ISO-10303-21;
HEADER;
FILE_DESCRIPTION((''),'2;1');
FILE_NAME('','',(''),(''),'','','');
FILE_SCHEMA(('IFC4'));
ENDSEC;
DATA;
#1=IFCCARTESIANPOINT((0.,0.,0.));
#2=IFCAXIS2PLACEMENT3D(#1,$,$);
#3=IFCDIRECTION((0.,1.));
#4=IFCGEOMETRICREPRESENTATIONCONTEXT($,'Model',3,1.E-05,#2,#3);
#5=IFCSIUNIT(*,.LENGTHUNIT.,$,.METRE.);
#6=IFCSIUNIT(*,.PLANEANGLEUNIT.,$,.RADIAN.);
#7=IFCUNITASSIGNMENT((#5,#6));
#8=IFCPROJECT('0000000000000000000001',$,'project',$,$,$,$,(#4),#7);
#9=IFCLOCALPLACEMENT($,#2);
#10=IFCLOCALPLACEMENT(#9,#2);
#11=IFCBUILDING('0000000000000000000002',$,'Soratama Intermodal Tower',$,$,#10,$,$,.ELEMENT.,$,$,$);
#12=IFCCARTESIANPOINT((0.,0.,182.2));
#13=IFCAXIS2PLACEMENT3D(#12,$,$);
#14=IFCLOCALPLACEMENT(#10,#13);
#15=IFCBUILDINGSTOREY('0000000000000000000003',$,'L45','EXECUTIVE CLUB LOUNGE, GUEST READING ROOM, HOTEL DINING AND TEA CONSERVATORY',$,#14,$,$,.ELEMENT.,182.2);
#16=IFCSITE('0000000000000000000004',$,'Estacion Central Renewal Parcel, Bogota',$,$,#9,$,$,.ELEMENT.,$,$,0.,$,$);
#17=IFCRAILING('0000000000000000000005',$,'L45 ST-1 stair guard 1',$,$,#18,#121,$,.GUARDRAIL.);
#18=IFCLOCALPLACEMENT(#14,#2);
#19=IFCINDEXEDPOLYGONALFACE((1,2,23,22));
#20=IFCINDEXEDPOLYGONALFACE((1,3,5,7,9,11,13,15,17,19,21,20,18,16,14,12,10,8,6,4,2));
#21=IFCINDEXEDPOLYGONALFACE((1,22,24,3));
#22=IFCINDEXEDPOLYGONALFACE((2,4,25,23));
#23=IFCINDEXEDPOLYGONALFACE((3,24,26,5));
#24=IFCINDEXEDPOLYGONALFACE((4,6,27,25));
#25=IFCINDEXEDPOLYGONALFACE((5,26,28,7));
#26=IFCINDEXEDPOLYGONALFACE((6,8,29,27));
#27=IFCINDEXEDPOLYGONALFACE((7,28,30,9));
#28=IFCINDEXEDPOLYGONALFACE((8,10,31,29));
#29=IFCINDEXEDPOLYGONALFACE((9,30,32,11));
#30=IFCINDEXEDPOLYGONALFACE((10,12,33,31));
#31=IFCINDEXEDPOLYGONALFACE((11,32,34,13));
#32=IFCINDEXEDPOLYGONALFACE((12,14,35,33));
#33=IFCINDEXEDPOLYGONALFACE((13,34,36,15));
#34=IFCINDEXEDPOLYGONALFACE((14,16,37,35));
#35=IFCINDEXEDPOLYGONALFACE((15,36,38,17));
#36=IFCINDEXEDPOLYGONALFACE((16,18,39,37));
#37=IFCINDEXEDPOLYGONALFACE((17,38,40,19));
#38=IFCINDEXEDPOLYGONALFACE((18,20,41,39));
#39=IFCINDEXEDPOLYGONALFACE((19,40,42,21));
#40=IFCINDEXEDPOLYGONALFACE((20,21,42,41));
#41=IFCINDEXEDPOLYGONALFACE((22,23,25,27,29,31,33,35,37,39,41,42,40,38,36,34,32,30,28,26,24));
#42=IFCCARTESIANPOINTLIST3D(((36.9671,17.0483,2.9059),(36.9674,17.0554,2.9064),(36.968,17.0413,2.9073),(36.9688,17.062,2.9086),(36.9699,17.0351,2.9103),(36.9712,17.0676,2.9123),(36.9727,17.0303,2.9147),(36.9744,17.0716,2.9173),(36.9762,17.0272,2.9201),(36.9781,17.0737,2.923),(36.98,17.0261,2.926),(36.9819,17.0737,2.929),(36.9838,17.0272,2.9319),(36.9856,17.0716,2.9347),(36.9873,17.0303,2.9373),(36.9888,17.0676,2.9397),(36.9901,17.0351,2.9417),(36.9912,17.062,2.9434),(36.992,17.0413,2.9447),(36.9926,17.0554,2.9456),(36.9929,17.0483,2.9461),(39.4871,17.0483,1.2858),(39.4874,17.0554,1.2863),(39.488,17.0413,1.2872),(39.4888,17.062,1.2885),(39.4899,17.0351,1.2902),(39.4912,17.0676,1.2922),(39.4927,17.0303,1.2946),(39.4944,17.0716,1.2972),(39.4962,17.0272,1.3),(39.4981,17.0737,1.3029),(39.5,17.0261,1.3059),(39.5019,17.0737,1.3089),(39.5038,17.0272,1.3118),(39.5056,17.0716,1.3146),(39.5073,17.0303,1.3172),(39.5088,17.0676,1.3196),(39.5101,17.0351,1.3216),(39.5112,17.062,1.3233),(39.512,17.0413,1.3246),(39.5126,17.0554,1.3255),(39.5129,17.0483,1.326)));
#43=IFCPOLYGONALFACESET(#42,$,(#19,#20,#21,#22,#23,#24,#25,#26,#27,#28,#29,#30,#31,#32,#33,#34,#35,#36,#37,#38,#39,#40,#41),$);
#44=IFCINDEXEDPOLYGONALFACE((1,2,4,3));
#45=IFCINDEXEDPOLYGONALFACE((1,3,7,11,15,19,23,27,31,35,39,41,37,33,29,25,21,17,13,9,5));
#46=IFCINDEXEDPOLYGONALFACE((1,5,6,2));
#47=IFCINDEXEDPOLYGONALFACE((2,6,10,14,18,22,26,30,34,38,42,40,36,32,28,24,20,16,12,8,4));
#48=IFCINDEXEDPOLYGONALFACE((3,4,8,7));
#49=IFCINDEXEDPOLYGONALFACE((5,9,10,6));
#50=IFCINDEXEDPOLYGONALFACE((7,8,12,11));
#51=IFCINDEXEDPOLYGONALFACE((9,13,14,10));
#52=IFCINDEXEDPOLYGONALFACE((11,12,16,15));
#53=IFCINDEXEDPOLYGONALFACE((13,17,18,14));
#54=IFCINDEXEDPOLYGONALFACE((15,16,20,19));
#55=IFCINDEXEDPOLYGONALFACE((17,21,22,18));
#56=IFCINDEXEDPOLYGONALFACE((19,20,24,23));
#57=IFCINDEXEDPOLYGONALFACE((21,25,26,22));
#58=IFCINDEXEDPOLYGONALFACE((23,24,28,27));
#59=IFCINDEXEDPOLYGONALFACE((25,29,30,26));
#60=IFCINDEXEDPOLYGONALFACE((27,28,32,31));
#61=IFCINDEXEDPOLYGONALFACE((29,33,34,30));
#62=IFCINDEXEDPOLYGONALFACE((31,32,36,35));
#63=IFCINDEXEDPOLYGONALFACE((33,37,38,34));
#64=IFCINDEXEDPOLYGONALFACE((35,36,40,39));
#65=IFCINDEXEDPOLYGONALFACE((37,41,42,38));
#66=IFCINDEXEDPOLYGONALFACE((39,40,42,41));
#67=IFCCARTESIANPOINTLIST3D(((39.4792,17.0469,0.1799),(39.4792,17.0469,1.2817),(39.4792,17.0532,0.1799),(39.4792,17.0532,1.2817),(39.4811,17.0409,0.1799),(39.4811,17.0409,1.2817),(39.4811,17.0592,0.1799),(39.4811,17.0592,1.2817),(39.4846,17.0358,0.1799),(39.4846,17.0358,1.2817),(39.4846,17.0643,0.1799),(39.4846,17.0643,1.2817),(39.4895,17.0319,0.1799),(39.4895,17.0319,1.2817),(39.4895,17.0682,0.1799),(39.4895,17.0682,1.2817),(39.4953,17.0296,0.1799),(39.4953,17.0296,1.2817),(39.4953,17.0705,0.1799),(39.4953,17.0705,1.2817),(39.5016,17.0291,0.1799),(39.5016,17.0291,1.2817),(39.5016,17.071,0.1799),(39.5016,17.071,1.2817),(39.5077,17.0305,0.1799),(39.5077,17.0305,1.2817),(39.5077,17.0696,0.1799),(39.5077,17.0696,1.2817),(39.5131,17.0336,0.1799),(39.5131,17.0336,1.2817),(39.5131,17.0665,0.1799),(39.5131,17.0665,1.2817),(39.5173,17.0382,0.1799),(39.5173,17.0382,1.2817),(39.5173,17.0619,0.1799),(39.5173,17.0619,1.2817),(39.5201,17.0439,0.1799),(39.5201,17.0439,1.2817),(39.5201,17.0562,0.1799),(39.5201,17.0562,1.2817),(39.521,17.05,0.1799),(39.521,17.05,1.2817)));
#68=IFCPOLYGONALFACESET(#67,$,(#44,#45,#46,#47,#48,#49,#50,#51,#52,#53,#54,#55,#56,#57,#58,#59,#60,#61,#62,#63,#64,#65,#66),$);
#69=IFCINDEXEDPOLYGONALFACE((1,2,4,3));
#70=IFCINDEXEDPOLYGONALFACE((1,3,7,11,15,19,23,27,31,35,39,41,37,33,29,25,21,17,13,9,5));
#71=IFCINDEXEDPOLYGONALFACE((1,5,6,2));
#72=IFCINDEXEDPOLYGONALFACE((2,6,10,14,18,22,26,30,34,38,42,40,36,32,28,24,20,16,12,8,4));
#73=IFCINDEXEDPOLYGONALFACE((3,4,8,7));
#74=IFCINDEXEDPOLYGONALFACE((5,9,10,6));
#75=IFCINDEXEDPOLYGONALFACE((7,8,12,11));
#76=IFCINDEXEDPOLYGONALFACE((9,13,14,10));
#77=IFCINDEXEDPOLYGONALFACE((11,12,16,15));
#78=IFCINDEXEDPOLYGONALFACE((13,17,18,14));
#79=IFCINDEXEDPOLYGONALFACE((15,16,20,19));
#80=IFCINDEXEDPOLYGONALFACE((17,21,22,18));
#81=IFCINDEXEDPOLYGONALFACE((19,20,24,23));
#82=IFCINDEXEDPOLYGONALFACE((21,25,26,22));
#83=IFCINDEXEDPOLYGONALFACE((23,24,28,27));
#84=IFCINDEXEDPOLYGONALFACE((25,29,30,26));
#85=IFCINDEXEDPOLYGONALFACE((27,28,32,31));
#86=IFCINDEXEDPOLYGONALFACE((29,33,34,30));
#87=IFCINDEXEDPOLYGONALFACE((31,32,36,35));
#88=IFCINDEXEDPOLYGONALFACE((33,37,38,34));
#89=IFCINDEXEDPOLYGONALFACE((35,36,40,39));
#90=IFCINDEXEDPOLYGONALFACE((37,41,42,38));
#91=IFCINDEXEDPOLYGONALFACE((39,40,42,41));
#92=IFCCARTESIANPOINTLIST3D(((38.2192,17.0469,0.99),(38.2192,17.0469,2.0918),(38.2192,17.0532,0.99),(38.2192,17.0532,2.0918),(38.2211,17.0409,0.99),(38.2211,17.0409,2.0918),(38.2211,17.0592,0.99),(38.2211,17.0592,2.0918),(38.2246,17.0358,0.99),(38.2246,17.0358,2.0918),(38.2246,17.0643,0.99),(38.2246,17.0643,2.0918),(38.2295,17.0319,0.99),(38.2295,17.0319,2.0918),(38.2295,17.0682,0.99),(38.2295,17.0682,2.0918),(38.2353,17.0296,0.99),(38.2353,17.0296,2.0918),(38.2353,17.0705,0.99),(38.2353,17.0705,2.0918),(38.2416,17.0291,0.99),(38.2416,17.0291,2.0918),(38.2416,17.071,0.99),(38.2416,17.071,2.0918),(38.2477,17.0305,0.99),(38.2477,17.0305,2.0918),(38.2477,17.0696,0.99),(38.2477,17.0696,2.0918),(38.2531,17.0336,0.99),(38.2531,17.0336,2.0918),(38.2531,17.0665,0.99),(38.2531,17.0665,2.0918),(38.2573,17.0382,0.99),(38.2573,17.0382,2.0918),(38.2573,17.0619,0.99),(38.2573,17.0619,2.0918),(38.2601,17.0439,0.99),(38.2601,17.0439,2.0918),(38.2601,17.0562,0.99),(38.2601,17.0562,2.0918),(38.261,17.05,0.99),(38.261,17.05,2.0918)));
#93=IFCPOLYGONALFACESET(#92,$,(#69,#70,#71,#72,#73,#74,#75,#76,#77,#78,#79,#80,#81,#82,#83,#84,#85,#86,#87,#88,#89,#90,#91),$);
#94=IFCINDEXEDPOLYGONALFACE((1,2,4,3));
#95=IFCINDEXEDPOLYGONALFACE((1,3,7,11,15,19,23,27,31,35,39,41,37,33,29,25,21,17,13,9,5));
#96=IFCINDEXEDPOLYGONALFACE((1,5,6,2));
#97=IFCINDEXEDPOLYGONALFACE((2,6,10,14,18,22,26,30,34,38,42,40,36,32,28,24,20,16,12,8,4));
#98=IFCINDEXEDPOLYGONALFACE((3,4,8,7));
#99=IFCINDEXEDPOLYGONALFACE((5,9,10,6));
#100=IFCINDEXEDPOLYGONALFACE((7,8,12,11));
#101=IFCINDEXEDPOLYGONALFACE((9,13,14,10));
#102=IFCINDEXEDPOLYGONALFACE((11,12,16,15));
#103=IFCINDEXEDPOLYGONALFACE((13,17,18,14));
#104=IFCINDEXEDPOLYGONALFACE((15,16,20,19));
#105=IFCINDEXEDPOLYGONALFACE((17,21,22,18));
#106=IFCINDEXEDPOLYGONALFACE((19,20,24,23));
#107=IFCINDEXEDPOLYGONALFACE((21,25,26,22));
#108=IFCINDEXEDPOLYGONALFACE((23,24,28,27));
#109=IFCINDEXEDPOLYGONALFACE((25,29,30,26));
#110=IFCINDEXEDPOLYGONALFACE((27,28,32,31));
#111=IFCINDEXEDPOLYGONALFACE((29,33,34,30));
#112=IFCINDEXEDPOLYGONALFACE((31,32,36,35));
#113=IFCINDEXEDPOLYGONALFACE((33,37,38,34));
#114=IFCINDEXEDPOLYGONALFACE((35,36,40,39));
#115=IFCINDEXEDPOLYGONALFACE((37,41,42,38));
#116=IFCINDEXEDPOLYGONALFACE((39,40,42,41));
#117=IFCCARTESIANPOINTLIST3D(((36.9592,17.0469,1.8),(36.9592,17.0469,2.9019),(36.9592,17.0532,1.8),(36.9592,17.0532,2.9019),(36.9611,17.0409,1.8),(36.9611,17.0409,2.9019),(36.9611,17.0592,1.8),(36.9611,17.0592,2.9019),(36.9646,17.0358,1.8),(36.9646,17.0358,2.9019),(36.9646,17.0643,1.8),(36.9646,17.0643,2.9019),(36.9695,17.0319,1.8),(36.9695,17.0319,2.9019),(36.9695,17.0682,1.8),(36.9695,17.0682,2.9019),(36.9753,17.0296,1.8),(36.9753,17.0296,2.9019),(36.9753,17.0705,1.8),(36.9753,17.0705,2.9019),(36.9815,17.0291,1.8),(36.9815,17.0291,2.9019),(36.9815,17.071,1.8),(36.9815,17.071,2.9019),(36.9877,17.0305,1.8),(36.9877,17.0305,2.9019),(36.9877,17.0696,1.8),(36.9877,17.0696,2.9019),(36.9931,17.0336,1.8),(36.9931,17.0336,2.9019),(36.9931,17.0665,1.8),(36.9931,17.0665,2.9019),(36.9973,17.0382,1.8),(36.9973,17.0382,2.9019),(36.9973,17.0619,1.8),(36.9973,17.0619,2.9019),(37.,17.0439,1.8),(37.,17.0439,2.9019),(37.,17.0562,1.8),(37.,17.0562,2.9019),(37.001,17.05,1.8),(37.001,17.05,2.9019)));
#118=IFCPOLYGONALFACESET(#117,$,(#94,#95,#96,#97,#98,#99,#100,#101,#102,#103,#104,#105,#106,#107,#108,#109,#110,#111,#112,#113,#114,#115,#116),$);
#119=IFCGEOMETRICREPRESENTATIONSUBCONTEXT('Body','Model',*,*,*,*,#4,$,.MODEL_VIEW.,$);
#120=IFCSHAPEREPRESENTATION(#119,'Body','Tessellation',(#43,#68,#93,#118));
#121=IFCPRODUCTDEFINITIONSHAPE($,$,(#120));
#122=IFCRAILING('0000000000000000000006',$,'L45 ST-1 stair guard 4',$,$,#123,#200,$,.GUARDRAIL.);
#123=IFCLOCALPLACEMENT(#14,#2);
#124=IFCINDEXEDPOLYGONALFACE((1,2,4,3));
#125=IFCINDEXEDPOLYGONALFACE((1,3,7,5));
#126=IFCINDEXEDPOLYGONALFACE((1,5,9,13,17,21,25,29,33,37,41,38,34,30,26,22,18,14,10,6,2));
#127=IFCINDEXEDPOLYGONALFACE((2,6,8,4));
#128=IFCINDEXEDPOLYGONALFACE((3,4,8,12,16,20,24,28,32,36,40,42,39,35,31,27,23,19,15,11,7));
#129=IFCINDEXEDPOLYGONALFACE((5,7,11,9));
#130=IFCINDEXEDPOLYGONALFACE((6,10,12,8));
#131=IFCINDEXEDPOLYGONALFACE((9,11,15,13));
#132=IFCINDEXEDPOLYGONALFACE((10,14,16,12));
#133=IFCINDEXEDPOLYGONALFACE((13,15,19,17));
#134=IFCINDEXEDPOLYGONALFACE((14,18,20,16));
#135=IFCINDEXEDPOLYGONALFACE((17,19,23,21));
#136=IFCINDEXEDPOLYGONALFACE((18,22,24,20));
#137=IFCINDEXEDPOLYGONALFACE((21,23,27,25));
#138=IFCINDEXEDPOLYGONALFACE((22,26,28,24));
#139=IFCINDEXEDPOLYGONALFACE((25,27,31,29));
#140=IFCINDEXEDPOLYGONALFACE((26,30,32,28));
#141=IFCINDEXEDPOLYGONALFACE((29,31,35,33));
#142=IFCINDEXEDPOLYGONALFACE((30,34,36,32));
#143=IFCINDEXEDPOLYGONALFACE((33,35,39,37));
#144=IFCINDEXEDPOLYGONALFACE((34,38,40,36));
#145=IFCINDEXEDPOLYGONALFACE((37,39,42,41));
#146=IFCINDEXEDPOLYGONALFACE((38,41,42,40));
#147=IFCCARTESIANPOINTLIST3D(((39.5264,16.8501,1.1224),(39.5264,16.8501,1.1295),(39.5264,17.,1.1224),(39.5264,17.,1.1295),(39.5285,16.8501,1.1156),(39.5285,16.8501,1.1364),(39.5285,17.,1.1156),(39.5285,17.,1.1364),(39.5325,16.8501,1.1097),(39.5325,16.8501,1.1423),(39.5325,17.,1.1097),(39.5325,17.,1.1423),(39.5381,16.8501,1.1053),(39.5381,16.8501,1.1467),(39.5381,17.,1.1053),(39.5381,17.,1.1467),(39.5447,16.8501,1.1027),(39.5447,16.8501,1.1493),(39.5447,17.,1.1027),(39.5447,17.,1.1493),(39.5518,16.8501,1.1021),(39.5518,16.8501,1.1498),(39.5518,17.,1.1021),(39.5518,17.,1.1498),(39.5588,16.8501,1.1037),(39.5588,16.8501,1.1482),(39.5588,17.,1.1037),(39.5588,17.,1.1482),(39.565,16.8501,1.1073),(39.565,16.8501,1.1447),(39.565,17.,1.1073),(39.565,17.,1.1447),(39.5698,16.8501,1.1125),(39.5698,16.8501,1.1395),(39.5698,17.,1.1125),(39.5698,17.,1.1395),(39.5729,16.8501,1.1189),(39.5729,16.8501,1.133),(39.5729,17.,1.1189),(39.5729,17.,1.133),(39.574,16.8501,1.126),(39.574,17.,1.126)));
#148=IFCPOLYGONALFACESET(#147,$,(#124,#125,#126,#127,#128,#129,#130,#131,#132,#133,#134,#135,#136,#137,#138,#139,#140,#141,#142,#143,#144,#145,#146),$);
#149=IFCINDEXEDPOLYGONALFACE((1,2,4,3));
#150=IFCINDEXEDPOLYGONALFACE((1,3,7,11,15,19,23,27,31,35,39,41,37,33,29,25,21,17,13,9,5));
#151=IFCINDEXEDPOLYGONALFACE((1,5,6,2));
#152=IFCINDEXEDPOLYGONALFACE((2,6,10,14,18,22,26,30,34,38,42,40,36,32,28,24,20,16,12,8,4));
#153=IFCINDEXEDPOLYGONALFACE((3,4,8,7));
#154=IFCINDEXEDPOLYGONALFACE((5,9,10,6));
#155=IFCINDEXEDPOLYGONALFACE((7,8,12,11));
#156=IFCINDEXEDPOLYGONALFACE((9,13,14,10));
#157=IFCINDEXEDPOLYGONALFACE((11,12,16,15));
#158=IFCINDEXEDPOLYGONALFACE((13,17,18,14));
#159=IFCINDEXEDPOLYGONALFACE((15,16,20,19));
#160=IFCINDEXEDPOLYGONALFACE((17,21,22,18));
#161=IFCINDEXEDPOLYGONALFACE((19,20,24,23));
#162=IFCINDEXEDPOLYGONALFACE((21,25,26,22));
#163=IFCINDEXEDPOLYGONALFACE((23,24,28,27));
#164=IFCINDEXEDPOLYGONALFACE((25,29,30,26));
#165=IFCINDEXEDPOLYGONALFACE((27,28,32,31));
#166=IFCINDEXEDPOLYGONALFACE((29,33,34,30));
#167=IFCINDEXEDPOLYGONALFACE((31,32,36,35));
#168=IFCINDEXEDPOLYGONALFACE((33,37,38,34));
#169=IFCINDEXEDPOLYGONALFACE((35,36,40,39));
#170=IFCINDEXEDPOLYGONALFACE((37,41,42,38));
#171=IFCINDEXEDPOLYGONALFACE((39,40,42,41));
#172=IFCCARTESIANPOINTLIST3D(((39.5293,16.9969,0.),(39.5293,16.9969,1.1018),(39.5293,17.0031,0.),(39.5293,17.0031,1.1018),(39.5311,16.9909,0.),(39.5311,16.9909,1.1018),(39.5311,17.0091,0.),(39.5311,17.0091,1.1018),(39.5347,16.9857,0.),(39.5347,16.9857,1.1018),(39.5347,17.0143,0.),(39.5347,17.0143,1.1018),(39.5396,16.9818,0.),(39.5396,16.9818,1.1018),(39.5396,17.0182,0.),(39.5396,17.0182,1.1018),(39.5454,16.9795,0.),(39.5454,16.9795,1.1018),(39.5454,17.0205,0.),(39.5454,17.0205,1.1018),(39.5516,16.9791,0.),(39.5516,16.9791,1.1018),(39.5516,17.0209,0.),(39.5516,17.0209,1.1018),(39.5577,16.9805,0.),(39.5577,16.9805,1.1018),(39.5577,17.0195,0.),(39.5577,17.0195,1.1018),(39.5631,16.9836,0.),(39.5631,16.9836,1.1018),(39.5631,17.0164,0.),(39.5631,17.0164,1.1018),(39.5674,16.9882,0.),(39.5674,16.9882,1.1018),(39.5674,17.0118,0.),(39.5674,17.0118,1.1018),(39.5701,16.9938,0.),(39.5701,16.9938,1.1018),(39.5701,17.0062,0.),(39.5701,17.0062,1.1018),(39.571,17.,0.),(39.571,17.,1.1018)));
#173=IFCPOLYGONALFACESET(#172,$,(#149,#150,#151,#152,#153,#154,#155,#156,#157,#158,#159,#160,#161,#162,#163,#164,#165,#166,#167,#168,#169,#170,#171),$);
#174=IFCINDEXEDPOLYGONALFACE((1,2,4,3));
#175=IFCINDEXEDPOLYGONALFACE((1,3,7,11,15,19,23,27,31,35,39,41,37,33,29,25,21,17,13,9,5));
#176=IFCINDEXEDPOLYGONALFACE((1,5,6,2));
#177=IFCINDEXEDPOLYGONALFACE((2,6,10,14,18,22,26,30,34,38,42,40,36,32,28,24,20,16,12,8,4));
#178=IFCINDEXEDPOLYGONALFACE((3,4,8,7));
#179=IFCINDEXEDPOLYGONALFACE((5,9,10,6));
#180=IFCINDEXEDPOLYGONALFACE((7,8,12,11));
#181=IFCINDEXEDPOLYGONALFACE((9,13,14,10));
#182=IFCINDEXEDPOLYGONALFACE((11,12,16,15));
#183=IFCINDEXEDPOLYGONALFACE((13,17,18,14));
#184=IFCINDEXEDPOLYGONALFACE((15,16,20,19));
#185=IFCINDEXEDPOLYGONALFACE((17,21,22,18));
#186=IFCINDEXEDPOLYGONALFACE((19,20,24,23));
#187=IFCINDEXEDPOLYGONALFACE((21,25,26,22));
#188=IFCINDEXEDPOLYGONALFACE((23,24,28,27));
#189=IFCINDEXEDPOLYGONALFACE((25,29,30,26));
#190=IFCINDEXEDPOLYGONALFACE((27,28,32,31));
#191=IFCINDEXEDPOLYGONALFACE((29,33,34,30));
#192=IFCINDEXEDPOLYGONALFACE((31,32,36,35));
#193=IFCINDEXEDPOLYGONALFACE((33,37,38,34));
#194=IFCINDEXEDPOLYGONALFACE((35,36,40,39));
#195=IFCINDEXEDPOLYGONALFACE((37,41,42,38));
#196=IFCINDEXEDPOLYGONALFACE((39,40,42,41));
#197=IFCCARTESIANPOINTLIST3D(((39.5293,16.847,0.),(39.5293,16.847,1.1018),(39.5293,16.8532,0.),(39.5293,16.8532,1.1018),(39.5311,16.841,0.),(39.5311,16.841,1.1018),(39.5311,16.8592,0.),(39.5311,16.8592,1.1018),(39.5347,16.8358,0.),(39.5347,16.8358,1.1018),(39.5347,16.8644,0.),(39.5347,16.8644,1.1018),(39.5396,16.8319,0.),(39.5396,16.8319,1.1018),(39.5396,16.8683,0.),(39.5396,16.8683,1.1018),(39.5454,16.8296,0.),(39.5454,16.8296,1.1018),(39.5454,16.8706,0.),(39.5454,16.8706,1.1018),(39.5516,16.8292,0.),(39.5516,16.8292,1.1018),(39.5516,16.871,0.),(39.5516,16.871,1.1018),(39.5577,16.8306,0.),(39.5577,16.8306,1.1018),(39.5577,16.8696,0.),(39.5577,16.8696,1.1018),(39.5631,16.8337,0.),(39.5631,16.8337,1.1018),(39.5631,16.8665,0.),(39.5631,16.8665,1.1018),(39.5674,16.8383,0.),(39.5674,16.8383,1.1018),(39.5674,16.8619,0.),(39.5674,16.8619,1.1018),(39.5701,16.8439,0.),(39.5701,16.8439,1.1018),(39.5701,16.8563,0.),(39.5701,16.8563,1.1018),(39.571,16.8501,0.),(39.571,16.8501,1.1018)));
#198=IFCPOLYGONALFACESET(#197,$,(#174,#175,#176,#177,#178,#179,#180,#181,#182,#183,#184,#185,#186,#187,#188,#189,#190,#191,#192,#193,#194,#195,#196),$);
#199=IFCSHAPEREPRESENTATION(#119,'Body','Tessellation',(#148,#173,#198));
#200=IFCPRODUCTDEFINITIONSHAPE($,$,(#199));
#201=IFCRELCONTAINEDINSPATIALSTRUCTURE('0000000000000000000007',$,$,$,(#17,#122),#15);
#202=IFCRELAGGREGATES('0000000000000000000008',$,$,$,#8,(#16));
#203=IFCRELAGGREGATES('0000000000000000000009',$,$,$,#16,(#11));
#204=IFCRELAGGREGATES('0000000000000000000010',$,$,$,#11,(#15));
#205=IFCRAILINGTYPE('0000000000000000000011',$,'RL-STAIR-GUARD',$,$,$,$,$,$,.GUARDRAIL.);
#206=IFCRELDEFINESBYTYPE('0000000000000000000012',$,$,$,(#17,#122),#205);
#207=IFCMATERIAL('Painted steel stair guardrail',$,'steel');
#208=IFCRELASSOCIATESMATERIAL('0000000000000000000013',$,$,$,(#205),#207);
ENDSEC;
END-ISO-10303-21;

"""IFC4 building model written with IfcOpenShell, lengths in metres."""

from ifc_helpers import new_model, si_unit, direction, frame, origin, origin_2d, place, context, subcontext, project, spatial, circle, extrude, material, type_object, element, save


model = new_model("IFC4")

# Units and contexts
model_context = context("Model", 3, precision=1e-05, world=origin(), true_north=direction((0.0, 1.0)))
body_context = subcontext(model_context, "Body", "Model", "MODEL_VIEW")
ifc_project = project(units=[si_unit("LENGTHUNIT", "METRE"), si_unit("PLANEANGLEUNIT", "RADIAN")], contexts=[model_context])

# Site, building, storey
site_placement = place(None, origin())
site = spatial("IfcSite", under=ifc_project, at=site_placement, Name="Estacion Central Renewal Parcel, Bogota", CompositionType="ELEMENT", RefElevation=0.0)
building_placement = place(site_placement, origin())
building = spatial("IfcBuilding", under=site, at=building_placement, Name="Soratama Intermodal Tower", CompositionType="ELEMENT")
storey_placement = place(building_placement, frame((0.0, 0.0, 182.2)))
storey = spatial("IfcBuildingStorey", under=building, at=storey_placement, Name="L45", Description="EXECUTIVE CLUB LOUNGE, GUEST READING ROOM, HOTEL DINING AND TEA CONSERVATORY", CompositionType="ELEMENT", Elevation=182.2)

# Railings
ifc_material_1 = material(Name="Painted steel stair guardrail", Category="steel")
railing_type_1 = type_object("IfcRailingType", Name="RL-STAIR-GUARD", PredefinedType="GUARDRAIL", material=ifc_material_1)
railing_1_placement = place(storey_placement, frame((39.5, 17.05, 0.1799)))
element("IfcRailing", 1, at=railing_1_placement, inside=storey, type_object=railing_type_1, Name="L45 ST-1 stair guard 1", PredefinedType="GUARDRAIL", context=body_context, shape_type="SweptSolid", body=[
    extrude(circle(Radius=0.0239, at=origin_2d()), frame((0.0, 0.0, 1.126), z_axis=(-0.841163, 0.0, 0.540782), x_axis=(0.0, -1.0, 0.0)), (0.0, 0.0, 1.0), 2.9958),
    extrude(circle(Radius=0.021, at=origin_2d()), origin(), (0.0, 0.0, 1.0), 1.1018),
    extrude(circle(Radius=0.021, at=origin_2d()), frame((-1.26, 0.0, 0.8101)), (0.0, 0.0, 1.0), 1.1018),
    extrude(circle(Radius=0.021, at=origin_2d()), frame((-2.52, 0.0, 1.6201)), (0.0, 0.0, 1.0), 1.1018),
])
railing_2_placement = place(storey_placement, frame((39.55, 17.0, 0.0)))
element("IfcRailing", 2, at=railing_2_placement, inside=storey, type_object=railing_type_1, Name="L45 ST-1 stair guard 4", PredefinedType="GUARDRAIL", context=body_context, shape_type="SweptSolid", body=[
    extrude(circle(Radius=0.0239, at=origin_2d()), frame((0.0, 0.0, 1.126), z_axis=(0.0, -1.0, 0.0), x_axis=(1.0, 0.0, 0.0)), (0.0, 0.0, 1.0), 0.1499),
    extrude(circle(Radius=0.021, at=origin_2d()), origin(), (0.0, 0.0, 1.0), 1.1018),
    extrude(circle(Radius=0.021, at=origin_2d()), frame((0.0, -0.1499, 0.0)), (0.0, 0.0, 1.0), 1.1018),
])

save(model, "model.ifc")
